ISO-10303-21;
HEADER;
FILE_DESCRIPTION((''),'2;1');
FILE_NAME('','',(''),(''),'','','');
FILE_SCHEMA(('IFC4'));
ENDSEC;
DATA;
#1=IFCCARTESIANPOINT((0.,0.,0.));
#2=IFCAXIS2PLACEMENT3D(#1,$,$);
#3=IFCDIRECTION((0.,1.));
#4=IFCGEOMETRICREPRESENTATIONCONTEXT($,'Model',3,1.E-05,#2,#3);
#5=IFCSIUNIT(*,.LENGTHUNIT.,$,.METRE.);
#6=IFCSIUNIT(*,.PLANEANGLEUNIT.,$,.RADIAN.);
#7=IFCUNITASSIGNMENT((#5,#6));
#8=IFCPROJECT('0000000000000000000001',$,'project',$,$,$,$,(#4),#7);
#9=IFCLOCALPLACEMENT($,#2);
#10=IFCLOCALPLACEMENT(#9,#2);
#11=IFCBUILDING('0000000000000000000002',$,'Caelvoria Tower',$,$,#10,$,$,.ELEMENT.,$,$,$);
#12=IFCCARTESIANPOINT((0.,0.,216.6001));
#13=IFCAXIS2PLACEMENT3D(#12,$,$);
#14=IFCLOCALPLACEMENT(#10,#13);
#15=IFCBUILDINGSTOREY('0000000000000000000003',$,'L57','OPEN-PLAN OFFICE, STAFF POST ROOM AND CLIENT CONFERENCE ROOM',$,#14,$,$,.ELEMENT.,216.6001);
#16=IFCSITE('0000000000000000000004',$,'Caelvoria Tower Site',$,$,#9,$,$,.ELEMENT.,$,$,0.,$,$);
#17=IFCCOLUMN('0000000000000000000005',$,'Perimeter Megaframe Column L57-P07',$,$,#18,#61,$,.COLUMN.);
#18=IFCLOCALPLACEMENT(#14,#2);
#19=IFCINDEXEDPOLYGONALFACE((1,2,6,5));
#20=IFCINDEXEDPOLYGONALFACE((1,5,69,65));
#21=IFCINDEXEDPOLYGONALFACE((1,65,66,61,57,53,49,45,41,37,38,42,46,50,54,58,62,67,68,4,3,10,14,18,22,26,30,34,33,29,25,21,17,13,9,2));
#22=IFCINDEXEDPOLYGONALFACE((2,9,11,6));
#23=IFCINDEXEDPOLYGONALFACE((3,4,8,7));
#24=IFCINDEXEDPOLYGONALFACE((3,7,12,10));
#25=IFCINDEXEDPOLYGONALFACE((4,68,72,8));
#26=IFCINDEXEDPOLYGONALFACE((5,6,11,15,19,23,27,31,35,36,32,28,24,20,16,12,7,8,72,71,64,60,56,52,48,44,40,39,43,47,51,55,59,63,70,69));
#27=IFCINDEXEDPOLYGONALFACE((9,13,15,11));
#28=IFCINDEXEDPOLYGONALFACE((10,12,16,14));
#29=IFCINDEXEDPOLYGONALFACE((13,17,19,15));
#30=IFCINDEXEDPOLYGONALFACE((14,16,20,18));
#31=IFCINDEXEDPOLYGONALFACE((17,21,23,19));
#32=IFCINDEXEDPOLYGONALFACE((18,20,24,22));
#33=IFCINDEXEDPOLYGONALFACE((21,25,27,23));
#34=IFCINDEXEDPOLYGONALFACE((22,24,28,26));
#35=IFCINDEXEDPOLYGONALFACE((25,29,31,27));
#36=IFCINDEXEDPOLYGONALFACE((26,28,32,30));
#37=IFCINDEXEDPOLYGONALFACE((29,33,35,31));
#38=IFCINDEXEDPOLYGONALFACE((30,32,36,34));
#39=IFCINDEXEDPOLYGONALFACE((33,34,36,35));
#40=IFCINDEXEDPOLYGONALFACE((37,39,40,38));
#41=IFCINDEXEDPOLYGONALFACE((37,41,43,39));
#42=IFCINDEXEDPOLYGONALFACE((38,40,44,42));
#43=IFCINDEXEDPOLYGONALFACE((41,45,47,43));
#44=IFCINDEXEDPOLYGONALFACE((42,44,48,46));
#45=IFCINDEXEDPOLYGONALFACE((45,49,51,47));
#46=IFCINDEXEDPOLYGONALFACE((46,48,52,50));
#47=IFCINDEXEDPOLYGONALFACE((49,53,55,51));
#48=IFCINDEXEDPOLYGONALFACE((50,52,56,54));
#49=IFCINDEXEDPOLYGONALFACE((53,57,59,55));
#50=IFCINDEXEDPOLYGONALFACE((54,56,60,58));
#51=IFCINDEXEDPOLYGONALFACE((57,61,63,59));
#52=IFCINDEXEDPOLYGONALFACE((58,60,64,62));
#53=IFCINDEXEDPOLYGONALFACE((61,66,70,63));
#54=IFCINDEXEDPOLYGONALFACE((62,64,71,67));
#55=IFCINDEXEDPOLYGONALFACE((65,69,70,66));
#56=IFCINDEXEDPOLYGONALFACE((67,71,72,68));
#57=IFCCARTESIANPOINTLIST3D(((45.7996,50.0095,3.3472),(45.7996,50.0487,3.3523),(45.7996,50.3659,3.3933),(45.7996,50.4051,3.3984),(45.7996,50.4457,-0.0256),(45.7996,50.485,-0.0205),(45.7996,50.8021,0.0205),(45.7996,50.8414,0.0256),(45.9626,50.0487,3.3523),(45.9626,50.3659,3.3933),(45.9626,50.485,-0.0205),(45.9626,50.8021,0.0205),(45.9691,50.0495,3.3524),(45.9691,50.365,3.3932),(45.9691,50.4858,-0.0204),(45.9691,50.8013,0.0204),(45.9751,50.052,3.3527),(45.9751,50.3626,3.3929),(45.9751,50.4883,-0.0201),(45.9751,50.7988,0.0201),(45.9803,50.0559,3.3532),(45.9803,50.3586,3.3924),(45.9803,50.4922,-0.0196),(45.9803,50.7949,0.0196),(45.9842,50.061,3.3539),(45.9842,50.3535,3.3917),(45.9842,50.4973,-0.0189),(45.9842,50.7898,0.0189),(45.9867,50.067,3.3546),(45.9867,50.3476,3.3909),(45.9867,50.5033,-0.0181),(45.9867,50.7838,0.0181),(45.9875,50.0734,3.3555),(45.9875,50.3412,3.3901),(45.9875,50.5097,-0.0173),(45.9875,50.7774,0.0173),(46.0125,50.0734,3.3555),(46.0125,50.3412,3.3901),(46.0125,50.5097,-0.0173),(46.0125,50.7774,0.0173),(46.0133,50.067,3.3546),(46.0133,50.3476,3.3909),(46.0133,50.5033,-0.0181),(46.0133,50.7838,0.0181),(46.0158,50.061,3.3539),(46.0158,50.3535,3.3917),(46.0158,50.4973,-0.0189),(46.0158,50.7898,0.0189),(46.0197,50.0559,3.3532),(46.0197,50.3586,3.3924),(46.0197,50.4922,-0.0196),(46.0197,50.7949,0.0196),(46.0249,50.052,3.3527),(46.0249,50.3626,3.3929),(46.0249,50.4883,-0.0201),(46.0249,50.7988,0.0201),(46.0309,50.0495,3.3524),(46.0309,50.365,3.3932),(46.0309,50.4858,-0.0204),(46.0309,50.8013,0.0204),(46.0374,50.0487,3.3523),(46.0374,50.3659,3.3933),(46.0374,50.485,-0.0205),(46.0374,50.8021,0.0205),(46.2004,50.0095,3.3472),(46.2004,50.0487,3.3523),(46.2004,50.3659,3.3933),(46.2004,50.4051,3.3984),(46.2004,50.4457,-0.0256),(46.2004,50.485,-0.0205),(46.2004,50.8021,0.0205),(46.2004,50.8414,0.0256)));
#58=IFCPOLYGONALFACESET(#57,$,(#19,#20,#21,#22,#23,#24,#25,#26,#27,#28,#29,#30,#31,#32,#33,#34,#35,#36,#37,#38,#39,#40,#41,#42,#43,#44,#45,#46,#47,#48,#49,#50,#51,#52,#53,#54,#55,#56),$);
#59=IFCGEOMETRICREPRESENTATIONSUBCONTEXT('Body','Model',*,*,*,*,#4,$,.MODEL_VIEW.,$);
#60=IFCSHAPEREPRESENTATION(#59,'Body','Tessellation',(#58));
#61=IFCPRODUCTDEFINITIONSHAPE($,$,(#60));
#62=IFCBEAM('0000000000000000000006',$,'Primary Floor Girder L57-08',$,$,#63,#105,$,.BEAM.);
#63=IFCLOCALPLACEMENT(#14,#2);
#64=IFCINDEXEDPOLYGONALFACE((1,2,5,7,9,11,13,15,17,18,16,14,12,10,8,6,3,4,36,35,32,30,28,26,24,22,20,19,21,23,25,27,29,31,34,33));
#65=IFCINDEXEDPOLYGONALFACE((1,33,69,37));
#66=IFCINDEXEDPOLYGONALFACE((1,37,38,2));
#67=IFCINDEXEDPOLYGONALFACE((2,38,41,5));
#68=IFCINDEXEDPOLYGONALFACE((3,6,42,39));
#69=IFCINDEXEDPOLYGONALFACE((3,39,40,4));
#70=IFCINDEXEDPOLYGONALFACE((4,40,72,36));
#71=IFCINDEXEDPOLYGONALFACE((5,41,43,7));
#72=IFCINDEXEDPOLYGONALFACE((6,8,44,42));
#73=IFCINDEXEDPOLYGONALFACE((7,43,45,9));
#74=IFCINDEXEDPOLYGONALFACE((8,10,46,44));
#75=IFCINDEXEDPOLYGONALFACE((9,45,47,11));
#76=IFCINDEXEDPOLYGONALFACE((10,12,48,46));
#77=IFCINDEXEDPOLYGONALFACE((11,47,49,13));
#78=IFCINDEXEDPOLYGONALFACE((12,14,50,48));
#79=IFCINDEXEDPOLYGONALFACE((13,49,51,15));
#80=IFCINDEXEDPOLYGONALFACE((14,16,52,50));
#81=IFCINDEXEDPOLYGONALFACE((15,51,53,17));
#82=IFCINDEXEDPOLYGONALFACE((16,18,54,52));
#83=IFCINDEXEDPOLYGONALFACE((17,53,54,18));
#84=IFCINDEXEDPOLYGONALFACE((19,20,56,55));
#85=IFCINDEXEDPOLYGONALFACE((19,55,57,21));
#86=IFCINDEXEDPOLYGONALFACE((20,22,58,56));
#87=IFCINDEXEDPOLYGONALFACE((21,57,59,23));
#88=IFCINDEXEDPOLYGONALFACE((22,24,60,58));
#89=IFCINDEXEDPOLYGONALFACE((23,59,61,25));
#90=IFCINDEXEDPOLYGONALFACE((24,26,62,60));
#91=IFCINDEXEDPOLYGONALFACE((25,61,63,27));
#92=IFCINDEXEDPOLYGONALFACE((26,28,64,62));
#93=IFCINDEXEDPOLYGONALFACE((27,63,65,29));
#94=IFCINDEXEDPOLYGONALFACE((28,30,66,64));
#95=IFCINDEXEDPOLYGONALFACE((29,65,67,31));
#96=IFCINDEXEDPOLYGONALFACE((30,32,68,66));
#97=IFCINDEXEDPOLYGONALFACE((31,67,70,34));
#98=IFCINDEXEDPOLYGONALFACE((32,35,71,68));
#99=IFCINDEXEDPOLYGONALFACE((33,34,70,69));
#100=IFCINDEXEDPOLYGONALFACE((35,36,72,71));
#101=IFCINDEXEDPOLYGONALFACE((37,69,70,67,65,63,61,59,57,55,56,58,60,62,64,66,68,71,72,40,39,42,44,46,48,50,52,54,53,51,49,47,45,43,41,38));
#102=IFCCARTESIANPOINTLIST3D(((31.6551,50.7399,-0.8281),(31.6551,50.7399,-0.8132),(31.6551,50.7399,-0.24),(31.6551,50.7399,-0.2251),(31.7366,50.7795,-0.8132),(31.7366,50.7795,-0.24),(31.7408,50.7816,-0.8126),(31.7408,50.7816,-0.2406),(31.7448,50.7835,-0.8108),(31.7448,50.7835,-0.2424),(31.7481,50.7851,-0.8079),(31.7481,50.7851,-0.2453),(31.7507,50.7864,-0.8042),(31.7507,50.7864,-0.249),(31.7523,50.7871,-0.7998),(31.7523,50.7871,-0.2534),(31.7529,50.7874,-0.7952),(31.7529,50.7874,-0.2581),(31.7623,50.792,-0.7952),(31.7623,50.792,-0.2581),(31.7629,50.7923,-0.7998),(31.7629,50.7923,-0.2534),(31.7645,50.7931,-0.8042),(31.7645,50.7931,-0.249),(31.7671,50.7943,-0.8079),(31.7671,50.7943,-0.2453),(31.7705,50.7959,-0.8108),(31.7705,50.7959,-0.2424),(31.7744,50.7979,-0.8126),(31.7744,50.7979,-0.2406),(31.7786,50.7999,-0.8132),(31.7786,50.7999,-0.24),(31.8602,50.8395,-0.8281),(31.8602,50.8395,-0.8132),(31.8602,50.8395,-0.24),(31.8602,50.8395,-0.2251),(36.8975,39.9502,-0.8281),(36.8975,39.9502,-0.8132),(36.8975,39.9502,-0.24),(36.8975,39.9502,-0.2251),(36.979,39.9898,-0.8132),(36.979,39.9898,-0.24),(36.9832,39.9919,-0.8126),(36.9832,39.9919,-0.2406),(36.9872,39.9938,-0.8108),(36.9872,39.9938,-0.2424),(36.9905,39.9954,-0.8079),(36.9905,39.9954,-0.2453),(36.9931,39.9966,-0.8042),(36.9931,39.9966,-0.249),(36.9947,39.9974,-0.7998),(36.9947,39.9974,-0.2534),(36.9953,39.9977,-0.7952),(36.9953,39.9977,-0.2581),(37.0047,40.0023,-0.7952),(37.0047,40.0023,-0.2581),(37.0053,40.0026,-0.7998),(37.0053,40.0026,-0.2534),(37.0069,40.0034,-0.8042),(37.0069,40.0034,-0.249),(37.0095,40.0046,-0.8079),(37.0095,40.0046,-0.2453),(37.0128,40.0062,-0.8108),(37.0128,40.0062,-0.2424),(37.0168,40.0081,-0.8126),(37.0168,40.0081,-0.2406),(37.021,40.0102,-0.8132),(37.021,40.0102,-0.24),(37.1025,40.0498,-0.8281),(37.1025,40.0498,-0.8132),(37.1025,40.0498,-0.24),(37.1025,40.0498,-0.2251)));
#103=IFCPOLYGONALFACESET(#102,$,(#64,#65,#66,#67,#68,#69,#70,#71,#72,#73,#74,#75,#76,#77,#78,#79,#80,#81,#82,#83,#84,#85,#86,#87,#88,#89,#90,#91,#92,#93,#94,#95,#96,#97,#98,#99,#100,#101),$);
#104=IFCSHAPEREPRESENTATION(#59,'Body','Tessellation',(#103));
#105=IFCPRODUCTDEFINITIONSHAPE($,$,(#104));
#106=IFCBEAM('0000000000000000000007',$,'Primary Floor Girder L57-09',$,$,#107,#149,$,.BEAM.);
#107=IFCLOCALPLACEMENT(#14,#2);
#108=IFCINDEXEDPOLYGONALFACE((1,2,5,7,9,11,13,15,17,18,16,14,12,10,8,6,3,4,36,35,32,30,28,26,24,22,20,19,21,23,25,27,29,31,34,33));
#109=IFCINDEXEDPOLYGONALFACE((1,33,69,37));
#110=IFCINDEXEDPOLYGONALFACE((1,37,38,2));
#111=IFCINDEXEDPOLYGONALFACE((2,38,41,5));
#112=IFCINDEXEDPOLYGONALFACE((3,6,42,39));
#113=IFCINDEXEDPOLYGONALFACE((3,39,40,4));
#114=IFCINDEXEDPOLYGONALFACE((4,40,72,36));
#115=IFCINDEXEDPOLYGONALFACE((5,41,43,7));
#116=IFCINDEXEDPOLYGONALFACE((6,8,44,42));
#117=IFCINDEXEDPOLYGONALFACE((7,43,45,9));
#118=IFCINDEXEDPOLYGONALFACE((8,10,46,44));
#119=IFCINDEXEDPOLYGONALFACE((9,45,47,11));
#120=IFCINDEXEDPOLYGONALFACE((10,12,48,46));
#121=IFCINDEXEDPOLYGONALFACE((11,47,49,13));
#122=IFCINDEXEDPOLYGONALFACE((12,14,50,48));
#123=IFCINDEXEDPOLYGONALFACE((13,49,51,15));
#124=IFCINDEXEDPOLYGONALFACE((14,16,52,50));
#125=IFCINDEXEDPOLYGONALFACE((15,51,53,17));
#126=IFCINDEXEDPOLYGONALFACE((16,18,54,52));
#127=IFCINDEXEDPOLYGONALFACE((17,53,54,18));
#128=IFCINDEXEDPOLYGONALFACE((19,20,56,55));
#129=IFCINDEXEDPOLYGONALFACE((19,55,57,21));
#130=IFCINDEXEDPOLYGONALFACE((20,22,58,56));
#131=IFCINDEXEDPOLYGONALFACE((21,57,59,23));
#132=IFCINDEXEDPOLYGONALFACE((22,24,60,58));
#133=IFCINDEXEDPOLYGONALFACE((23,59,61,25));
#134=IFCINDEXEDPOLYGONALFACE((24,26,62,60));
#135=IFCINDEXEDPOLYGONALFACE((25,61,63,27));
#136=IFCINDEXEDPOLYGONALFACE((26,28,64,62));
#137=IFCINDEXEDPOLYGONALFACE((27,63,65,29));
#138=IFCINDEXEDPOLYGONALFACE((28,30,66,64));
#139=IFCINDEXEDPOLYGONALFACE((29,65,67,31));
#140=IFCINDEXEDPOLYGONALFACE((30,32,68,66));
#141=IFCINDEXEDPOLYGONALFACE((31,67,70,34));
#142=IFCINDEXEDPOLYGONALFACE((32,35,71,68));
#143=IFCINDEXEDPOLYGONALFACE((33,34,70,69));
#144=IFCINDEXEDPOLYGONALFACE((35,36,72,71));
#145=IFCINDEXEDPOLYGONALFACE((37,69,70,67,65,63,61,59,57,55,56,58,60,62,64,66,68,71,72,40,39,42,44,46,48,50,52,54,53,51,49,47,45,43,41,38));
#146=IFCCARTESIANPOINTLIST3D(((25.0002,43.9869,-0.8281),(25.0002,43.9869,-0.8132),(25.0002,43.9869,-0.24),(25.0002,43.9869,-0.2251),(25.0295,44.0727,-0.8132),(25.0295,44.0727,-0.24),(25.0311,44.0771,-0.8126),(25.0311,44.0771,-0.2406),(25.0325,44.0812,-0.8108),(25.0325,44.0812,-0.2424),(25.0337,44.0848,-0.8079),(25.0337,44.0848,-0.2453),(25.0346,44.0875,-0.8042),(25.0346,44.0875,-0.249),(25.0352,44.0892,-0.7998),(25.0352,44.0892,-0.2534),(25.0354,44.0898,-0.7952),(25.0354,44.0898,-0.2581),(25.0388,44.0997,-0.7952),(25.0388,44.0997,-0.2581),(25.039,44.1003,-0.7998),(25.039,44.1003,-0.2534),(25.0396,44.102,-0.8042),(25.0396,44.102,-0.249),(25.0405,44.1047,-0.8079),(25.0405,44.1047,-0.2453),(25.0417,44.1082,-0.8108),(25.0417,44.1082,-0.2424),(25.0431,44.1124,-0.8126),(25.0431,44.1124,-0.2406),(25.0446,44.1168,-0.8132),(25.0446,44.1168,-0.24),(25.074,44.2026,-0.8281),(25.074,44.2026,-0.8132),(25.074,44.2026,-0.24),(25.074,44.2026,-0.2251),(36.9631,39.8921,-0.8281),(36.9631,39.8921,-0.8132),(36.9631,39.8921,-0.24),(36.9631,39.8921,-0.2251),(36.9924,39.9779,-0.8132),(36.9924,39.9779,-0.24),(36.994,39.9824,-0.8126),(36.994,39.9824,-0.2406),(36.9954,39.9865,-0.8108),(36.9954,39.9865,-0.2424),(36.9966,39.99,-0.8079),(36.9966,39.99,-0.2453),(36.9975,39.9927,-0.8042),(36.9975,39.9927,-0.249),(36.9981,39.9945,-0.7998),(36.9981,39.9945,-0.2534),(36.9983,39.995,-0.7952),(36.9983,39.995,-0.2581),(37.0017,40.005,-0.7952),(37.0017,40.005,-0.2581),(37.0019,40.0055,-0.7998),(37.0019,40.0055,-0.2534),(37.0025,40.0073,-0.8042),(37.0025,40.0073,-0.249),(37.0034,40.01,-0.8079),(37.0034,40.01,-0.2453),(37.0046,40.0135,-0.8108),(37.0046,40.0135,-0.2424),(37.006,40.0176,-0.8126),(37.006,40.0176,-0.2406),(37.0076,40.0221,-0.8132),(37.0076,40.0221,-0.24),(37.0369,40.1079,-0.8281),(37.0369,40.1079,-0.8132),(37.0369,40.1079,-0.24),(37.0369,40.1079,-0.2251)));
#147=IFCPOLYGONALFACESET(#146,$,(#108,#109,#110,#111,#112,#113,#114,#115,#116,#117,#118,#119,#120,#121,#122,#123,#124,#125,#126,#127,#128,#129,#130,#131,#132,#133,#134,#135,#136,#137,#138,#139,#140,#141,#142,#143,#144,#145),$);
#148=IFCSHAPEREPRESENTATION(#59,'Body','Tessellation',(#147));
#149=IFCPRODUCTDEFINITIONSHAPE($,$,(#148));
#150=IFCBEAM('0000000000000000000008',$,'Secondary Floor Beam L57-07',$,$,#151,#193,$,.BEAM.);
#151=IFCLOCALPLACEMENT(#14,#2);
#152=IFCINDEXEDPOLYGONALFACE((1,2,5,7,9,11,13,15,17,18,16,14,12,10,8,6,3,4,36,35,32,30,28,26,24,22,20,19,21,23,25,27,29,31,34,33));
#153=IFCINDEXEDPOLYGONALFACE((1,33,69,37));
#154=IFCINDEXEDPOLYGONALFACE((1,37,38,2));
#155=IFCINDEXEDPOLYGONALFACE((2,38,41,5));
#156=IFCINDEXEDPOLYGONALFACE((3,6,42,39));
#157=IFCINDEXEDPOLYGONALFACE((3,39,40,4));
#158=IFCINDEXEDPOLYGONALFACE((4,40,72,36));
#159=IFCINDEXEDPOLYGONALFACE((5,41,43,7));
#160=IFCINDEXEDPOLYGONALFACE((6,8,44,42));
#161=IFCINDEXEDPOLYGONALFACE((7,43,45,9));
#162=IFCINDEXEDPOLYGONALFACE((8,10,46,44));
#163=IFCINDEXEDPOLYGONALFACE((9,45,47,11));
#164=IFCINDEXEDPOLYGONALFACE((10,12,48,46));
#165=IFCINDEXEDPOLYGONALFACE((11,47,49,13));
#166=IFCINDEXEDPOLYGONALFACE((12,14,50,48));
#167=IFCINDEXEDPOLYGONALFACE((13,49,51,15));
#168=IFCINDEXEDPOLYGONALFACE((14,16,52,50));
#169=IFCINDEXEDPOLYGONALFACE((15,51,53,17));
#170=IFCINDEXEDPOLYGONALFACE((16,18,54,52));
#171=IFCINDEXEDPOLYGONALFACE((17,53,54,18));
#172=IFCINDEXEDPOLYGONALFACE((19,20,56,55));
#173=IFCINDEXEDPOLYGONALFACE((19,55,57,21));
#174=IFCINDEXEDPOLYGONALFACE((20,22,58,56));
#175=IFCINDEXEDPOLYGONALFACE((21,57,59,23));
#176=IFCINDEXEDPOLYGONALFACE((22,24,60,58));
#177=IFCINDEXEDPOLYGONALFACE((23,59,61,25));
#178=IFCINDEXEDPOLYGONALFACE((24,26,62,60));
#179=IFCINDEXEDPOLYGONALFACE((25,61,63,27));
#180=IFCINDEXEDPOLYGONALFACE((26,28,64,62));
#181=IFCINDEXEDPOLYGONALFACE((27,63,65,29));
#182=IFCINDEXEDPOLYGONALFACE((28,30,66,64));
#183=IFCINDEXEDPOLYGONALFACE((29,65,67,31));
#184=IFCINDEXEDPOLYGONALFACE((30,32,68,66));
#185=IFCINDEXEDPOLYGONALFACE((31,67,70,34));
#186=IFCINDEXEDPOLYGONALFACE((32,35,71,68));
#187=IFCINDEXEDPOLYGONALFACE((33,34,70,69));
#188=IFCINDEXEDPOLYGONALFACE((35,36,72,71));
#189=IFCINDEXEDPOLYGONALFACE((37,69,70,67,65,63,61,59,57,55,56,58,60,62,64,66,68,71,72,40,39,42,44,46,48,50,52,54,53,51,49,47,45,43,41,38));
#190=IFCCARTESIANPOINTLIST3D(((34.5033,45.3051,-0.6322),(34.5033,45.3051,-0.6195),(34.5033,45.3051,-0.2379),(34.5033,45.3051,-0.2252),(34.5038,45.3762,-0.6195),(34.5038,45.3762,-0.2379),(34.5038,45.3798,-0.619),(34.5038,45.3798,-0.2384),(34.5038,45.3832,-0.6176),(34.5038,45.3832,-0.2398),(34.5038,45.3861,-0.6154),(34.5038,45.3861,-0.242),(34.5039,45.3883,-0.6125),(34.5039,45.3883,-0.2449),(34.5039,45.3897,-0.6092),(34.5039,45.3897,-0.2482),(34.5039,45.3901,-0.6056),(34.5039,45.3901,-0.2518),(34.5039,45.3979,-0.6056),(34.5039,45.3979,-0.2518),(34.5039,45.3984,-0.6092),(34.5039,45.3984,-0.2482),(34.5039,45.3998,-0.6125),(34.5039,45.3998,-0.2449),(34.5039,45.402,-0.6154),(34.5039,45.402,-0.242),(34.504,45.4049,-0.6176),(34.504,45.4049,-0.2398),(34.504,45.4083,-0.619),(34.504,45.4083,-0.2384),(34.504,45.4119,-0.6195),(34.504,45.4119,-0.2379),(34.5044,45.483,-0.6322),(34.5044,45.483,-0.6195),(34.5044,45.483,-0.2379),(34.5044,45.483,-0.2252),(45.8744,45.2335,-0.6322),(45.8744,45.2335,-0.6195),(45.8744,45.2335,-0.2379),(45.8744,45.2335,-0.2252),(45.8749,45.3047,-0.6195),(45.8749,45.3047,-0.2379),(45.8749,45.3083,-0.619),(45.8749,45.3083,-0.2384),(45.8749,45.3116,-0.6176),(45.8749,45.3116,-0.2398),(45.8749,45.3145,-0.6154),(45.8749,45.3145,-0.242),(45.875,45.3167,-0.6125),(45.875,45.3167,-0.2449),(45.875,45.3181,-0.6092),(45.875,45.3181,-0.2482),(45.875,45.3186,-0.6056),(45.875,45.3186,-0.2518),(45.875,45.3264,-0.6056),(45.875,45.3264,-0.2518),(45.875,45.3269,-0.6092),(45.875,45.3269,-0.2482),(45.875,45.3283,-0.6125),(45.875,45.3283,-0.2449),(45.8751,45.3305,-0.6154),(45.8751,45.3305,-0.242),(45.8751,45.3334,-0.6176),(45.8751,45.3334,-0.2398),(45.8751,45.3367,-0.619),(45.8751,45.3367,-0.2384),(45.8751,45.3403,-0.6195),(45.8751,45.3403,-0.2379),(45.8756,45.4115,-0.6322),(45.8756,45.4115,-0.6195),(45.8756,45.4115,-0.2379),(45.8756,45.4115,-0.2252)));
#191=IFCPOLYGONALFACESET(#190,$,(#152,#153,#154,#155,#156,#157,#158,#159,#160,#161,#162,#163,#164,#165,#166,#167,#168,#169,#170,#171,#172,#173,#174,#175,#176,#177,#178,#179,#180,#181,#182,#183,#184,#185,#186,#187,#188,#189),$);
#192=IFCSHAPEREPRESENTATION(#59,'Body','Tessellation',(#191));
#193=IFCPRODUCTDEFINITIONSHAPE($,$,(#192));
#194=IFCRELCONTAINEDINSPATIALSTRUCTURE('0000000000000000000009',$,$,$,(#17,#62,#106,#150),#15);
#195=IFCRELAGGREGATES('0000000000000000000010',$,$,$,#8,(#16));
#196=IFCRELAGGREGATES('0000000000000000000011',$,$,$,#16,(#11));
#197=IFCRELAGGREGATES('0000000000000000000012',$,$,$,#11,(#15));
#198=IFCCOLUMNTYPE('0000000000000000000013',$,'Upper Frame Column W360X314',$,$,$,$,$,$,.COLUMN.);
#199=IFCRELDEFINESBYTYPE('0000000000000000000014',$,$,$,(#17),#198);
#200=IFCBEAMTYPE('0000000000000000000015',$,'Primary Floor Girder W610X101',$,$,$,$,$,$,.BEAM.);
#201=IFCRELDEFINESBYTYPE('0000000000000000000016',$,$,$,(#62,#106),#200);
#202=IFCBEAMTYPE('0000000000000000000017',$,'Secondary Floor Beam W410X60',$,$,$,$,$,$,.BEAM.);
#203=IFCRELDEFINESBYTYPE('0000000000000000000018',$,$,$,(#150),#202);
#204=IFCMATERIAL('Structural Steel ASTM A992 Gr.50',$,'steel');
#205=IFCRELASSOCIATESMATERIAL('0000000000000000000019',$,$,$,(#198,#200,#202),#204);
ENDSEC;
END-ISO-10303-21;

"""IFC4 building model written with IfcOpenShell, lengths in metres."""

from ifc_helpers import new_model, si_unit, direction, frame, origin, origin_2d, place, context, subcontext, project, spatial, i_section, extrude, material, material_profile, profile_set, type_object, element, save


model = new_model("IFC4")

# Units and contexts
model_context = context("Model", 3, precision=1e-05, world=origin(), true_north=direction((0.0, 1.0)))
body_context = subcontext(model_context, "Body", "Model", "MODEL_VIEW")
ifc_project = project(units=[si_unit("LENGTHUNIT", "METRE"), si_unit("PLANEANGLEUNIT", "RADIAN")], contexts=[model_context])

# Site, building, storey
site_placement = place(None, origin())
site = spatial("IfcSite", under=ifc_project, at=site_placement, Name="Caelvoria Tower Site", CompositionType="ELEMENT", RefElevation=0.0)
building_placement = place(site_placement, origin())
building = spatial("IfcBuilding", under=site, at=building_placement, Name="Caelvoria Tower", CompositionType="ELEMENT")
storey_placement = place(building_placement, frame((0.0, 0.0, 216.6001)))
storey = spatial("IfcBuildingStorey", under=building, at=storey_placement, Name="L57", Description="OPEN-PLAN OFFICE, STAFF POST ROOM AND CLIENT CONFERENCE ROOM", CompositionType="ELEMENT", Elevation=216.6001)

# Column
ifc_material_1 = material(Name="Structural Steel ASTM A992 Gr.50", Category="steel")
ifc_material_profile_1 = material_profile(ifc_material_1, i_section(OverallWidth=0.4009, OverallDepth=0.3989, WebThickness=0.0249, FlangeThickness=0.0396, FilletRadius=0.0249, at=origin_2d()), Name="Structural Steel ASTM A992 Gr.50")
ifc_profile_set_1 = profile_set([ifc_material_profile_1], Name="W360X314 - Structural Steel ASTM A992 Gr.50")
column_type = type_object("IfcColumnType", Name="Upper Frame Column W360X314", PredefinedType="COLUMN", material=ifc_profile_set_1)
column_placement = place(storey_placement, frame((46.0, 50.6436, 0.0), z_axis=(0.0, -0.128283, 0.991738), x_axis=(1.0, 0.0, 0.0)))
element("IfcColumn", 1, at=column_placement, inside=storey, type_object=column_type, Name="Perimeter Megaframe Column L57-P07", PredefinedType="COLUMN", context=body_context, shape_type="SweptSolid", body=[
    extrude(i_section(OverallWidth=0.4009, OverallDepth=0.3989, WebThickness=0.0249, FlangeThickness=0.0396, FilletRadius=0.0249, at=origin_2d()), origin(), (0.0, 0.0, 1.0), 3.4009),
])

# Beams
ifc_material_profile_2 = material_profile(ifc_material_1, i_section(OverallWidth=0.228, OverallDepth=0.603, WebThickness=0.0105, FlangeThickness=0.0149, FilletRadius=0.0181, at=origin_2d()), Name="Structural Steel ASTM A992 Gr.50")
ifc_profile_set_2 = profile_set([ifc_material_profile_2], Name="W610X101 - Structural Steel ASTM A992 Gr.50")
beam_type_1 = type_object("IfcBeamType", Name="Primary Floor Girder W610X101", PredefinedType="BEAM", material=ifc_profile_set_2)
beam_1_placement = place(storey_placement, frame((37.0, 40.0, -0.5266), z_axis=(-0.437017, 0.899453, 0.0), x_axis=(-0.899453, -0.437017, 0.0)))
element("IfcBeam", 2, at=beam_1_placement, inside=storey, type_object=beam_type_1, Name="Primary Floor Girder L57-08", PredefinedType="BEAM", context=body_context, shape_type="SweptSolid", body=[
    extrude(i_section(OverallWidth=0.228, OverallDepth=0.603, WebThickness=0.0105, FlangeThickness=0.0149, FilletRadius=0.0181, at=origin_2d()), origin(), (0.0, 0.0, 1.0), 11.9958),
])
beam_2_placement = place(storey_placement, frame((37.0, 40.0, -0.5266), z_axis=(-0.946112, 0.323841, 0.0), x_axis=(-0.323841, -0.946112, 0.0)))
element("IfcBeam", 3, at=beam_2_placement, inside=storey, type_object=beam_type_1, Name="Primary Floor Girder L57-09", PredefinedType="BEAM", context=body_context, shape_type="SweptSolid", body=[
    extrude(i_section(OverallWidth=0.228, OverallDepth=0.603, WebThickness=0.0105, FlangeThickness=0.0149, FilletRadius=0.0181, at=origin_2d()), origin(), (0.0, 0.0, 1.0), 12.6443),
])
ifc_material_profile_3 = material_profile(ifc_material_1, i_section(OverallWidth=0.178, OverallDepth=0.407, WebThickness=0.0078, FlangeThickness=0.0127, FilletRadius=0.0139, at=origin_2d()), Name="Structural Steel ASTM A992 Gr.50")
ifc_profile_set_3 = profile_set([ifc_material_profile_3], Name="W410X60 - Structural Steel ASTM A992 Gr.50")
beam_type_2 = type_object("IfcBeamType", Name="Secondary Floor Beam W410X60", PredefinedType="BEAM", material=ifc_profile_set_3)
beam_3_placement = place(storey_placement, frame((45.875, 45.3225, -0.4287), z_axis=(-0.99998, 0.006291, 0.0), x_axis=(-0.006291, -0.99998, 0.0)))
element("IfcBeam", 4, at=beam_3_placement, inside=storey, type_object=beam_type_2, Name="Secondary Floor Beam L57-07", PredefinedType="BEAM", context=body_context, shape_type="SweptSolid", body=[
    extrude(i_section(OverallWidth=0.178, OverallDepth=0.407, WebThickness=0.0078, FlangeThickness=0.0127, FilletRadius=0.0139, at=origin_2d()), origin(), (0.0, 0.0, 1.0), 11.3713),
])

save(model, "model.ifc")
